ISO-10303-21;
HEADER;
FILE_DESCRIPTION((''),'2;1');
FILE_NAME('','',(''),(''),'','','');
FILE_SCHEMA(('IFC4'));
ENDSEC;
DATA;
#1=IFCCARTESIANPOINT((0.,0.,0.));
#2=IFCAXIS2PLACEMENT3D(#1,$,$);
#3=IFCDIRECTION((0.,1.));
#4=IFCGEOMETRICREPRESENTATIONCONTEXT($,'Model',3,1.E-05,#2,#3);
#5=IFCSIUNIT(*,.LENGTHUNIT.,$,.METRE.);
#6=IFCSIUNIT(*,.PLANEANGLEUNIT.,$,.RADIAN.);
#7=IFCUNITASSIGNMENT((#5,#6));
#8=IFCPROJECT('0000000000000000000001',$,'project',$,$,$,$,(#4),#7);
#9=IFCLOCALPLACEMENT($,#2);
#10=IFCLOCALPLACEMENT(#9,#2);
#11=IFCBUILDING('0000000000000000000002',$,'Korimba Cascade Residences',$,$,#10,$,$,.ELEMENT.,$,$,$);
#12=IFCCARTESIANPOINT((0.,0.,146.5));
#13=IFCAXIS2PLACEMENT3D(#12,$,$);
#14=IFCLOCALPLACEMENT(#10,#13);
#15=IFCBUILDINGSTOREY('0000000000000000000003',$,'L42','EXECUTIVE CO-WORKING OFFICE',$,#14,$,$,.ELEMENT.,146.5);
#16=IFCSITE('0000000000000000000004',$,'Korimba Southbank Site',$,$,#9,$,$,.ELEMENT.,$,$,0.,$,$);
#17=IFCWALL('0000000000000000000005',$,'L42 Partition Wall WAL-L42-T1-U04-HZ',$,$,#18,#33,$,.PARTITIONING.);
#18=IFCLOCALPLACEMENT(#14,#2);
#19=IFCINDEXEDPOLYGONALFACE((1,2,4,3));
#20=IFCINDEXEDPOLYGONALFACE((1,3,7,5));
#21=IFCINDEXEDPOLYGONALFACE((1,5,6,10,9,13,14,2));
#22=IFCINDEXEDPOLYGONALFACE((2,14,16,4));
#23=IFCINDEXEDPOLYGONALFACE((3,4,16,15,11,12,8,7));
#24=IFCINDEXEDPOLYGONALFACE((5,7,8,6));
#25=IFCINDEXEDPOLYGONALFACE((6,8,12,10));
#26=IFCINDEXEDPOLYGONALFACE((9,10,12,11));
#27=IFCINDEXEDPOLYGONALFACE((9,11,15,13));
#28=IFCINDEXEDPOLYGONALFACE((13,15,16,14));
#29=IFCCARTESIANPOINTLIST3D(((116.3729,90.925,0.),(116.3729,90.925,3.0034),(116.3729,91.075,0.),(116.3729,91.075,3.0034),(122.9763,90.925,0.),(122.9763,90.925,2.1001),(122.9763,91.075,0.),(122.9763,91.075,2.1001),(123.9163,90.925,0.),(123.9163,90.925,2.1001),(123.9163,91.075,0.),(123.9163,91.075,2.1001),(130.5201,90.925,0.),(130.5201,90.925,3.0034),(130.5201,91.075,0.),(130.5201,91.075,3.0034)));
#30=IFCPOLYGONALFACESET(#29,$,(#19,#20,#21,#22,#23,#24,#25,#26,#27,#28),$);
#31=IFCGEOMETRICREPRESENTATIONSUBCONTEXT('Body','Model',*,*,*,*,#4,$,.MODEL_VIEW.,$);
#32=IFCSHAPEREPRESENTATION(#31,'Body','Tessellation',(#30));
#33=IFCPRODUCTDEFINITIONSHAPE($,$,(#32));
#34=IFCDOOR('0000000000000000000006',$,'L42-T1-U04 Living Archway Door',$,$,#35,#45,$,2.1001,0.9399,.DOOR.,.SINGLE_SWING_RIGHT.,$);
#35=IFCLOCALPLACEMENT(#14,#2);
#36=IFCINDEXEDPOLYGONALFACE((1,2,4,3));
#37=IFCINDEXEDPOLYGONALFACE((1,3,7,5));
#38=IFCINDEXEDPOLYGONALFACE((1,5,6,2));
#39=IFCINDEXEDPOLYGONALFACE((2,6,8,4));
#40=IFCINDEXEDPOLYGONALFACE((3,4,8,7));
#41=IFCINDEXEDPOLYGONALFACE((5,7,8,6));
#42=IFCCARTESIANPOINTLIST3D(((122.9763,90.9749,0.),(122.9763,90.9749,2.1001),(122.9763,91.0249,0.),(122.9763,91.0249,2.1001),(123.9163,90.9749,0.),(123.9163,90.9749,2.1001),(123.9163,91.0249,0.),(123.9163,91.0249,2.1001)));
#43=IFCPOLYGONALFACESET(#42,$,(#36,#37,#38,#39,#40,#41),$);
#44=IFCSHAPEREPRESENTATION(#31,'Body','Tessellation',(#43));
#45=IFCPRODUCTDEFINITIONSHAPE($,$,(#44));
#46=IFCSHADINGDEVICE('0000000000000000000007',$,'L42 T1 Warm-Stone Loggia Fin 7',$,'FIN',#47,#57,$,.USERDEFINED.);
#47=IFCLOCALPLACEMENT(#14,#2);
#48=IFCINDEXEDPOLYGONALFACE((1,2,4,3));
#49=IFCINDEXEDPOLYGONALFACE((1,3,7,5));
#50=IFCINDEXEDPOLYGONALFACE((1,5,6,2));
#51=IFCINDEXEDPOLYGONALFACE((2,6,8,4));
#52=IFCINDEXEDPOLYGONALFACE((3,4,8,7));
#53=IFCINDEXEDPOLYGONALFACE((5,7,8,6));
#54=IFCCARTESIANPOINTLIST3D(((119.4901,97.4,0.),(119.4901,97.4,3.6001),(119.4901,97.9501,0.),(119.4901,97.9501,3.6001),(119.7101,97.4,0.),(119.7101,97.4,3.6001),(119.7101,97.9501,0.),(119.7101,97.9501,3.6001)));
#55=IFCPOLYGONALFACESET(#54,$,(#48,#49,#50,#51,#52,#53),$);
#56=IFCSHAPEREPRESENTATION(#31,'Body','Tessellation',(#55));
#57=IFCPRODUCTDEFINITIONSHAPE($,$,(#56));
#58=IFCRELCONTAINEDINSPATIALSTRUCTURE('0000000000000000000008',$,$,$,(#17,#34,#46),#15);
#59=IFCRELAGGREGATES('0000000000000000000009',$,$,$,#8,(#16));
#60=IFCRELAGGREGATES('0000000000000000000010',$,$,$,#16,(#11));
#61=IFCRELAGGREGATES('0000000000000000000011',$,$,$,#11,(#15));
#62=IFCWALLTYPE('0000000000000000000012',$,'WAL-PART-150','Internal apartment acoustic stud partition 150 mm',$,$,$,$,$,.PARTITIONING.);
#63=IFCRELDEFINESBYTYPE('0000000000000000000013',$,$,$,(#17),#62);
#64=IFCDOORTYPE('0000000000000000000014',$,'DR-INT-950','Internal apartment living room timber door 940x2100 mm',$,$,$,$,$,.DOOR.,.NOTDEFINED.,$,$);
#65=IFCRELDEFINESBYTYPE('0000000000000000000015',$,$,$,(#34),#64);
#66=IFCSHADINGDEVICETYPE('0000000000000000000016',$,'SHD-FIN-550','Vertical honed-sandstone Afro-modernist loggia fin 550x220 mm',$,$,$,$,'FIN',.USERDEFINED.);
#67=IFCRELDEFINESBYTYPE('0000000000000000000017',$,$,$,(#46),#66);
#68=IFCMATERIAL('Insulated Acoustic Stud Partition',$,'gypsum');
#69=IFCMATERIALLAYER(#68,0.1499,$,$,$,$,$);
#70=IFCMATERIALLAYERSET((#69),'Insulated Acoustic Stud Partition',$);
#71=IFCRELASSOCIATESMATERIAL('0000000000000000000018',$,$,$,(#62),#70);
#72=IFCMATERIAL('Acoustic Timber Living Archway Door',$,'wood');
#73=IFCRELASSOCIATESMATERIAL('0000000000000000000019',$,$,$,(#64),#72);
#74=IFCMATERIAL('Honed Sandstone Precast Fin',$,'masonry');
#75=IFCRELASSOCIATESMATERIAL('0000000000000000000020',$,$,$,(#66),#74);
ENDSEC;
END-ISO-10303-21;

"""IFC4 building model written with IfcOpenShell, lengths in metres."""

from ifc_helpers import new_model, si_unit, direction, frame, frame_2d, origin, origin_2d, place, context, subcontext, project, spatial, rectangle, extrude, material, layer, layer_set, type_object, element, fill, save


model = new_model("IFC4")

# Units and contexts
model_context = context("Model", 3, precision=1e-05, world=origin(), true_north=direction((0.0, 1.0)))
body_context = subcontext(model_context, "Body", "Model", "MODEL_VIEW")
ifc_project = project(units=[si_unit("LENGTHUNIT", "METRE"), si_unit("PLANEANGLEUNIT", "RADIAN")], contexts=[model_context])

# Site, building, storey
site_placement = place(None, origin())
site = spatial("IfcSite", under=ifc_project, at=site_placement, Name="Korimba Southbank Site", CompositionType="ELEMENT", RefElevation=0.0)
building_placement = place(site_placement, origin())
building = spatial("IfcBuilding", under=site, at=building_placement, Name="Korimba Cascade Residences", CompositionType="ELEMENT")
storey_placement = place(building_placement, frame((0.0, 0.0, 146.5)))
storey = spatial("IfcBuildingStorey", under=building, at=storey_placement, Name="L42", Description="EXECUTIVE CO-WORKING OFFICE", CompositionType="ELEMENT", Elevation=146.5)

# Shared definitions
ifc_material_1 = material(Name="Insulated Acoustic Stud Partition", Category="gypsum")
ifc_layer = layer(ifc_material_1, 0.1499)
ifc_layer_set = layer_set([ifc_layer], Name="Insulated Acoustic Stud Partition")
wall_type = type_object("IfcWallType", Name="WAL-PART-150", Description="Internal apartment acoustic stud partition 150 mm", PredefinedType="PARTITIONING", material=ifc_layer_set)

# Wall, opening, door
wall_1_placement = place(storey_placement, frame((116.3728, 91.0, 0.0), z_axis=(0.0, 0.0, 1.0), x_axis=(1.0, 0.0, 0.0)))
wall_1 = element("IfcWall", 1, at=wall_1_placement, inside=storey, type_object=wall_type, Name="L42 Partition Wall WAL-L42-T1-U04-HZ", PredefinedType="PARTITIONING", context=body_context, shape_type="SweptSolid", body=[
    extrude(rectangle(XDim=14.1472, YDim=0.1499, at=frame_2d((7.0737, 0.0))), origin(), (0.0, 0.0, 1.0), 3.0034),
])
opening_1_placement = place(wall_1_placement, frame((6.6035, 0.0, 0.0)))
opening_1 = element("IfcOpeningElement", 2, at=opening_1_placement, cuts=wall_1, PredefinedType="OPENING", context=body_context, shape_type="SweptSolid", body=[
    extrude(rectangle(XDim=0.9399, YDim=2.1001, at=frame_2d((0.47, 1.05))), frame((0.0, 0.085, 0.0), z_axis=(0.0, -1.0, 0.0), x_axis=(1.0, 0.0, 0.0)), (0.0, 0.0, 1.0), 0.1699),
])
ifc_material_2 = material(Name="Acoustic Timber Living Archway Door", Category="wood")
door_type_1 = type_object("IfcDoorType", Name="DR-INT-950", Description="Internal apartment living room timber door 940x2100 mm", OperationType="NOTDEFINED", PredefinedType="DOOR", material=ifc_material_2)
door_1_placement = place(opening_1_placement, origin())
door_1 = element("IfcDoor", 3, at=door_1_placement, inside=storey, type_object=door_type_1, Name="L42-T1-U04 Living Archway Door", OperationType="SINGLE_SWING_RIGHT", OverallHeight=2.1001, OverallWidth=0.9399, PredefinedType="DOOR", context=body_context, shape_type="SweptSolid", body=[
    extrude(rectangle(XDim=0.9399, YDim=2.1001, at=frame_2d((0.47, 1.05))), frame((0.0, 0.0249, 0.0), z_axis=(0.0, -1.0, 0.0), x_axis=(1.0, 0.0, 0.0)), (0.0, 0.0, 1.0), 0.05),
])
fill(opening_1, door_1)

# Shading device
ifc_material_3 = material(Name="Honed Sandstone Precast Fin", Category="masonry")
shading_device_type = type_object("IfcShadingDeviceType", Name="SHD-FIN-550", Description="Vertical honed-sandstone Afro-modernist loggia fin 550x220 mm", ElementType="FIN", PredefinedType="USERDEFINED", material=ifc_material_3)
shading_device_placement = place(storey_placement, frame((119.6001, 97.675, 0.0), z_axis=(0.0, 0.0, 1.0), x_axis=(1.0, 0.0, 0.0)))
element("IfcShadingDevice", 4, at=shading_device_placement, inside=storey, type_object=shading_device_type, Name="L42 T1 Warm-Stone Loggia Fin 7", ObjectType="FIN", PredefinedType="USERDEFINED", context=body_context, shape_type="SweptSolid", body=[
    extrude(rectangle(XDim=0.22, YDim=0.55, at=origin_2d()), origin(), (0.0, 0.0, 1.0), 3.6001),
])

save(model, "model.ifc")
